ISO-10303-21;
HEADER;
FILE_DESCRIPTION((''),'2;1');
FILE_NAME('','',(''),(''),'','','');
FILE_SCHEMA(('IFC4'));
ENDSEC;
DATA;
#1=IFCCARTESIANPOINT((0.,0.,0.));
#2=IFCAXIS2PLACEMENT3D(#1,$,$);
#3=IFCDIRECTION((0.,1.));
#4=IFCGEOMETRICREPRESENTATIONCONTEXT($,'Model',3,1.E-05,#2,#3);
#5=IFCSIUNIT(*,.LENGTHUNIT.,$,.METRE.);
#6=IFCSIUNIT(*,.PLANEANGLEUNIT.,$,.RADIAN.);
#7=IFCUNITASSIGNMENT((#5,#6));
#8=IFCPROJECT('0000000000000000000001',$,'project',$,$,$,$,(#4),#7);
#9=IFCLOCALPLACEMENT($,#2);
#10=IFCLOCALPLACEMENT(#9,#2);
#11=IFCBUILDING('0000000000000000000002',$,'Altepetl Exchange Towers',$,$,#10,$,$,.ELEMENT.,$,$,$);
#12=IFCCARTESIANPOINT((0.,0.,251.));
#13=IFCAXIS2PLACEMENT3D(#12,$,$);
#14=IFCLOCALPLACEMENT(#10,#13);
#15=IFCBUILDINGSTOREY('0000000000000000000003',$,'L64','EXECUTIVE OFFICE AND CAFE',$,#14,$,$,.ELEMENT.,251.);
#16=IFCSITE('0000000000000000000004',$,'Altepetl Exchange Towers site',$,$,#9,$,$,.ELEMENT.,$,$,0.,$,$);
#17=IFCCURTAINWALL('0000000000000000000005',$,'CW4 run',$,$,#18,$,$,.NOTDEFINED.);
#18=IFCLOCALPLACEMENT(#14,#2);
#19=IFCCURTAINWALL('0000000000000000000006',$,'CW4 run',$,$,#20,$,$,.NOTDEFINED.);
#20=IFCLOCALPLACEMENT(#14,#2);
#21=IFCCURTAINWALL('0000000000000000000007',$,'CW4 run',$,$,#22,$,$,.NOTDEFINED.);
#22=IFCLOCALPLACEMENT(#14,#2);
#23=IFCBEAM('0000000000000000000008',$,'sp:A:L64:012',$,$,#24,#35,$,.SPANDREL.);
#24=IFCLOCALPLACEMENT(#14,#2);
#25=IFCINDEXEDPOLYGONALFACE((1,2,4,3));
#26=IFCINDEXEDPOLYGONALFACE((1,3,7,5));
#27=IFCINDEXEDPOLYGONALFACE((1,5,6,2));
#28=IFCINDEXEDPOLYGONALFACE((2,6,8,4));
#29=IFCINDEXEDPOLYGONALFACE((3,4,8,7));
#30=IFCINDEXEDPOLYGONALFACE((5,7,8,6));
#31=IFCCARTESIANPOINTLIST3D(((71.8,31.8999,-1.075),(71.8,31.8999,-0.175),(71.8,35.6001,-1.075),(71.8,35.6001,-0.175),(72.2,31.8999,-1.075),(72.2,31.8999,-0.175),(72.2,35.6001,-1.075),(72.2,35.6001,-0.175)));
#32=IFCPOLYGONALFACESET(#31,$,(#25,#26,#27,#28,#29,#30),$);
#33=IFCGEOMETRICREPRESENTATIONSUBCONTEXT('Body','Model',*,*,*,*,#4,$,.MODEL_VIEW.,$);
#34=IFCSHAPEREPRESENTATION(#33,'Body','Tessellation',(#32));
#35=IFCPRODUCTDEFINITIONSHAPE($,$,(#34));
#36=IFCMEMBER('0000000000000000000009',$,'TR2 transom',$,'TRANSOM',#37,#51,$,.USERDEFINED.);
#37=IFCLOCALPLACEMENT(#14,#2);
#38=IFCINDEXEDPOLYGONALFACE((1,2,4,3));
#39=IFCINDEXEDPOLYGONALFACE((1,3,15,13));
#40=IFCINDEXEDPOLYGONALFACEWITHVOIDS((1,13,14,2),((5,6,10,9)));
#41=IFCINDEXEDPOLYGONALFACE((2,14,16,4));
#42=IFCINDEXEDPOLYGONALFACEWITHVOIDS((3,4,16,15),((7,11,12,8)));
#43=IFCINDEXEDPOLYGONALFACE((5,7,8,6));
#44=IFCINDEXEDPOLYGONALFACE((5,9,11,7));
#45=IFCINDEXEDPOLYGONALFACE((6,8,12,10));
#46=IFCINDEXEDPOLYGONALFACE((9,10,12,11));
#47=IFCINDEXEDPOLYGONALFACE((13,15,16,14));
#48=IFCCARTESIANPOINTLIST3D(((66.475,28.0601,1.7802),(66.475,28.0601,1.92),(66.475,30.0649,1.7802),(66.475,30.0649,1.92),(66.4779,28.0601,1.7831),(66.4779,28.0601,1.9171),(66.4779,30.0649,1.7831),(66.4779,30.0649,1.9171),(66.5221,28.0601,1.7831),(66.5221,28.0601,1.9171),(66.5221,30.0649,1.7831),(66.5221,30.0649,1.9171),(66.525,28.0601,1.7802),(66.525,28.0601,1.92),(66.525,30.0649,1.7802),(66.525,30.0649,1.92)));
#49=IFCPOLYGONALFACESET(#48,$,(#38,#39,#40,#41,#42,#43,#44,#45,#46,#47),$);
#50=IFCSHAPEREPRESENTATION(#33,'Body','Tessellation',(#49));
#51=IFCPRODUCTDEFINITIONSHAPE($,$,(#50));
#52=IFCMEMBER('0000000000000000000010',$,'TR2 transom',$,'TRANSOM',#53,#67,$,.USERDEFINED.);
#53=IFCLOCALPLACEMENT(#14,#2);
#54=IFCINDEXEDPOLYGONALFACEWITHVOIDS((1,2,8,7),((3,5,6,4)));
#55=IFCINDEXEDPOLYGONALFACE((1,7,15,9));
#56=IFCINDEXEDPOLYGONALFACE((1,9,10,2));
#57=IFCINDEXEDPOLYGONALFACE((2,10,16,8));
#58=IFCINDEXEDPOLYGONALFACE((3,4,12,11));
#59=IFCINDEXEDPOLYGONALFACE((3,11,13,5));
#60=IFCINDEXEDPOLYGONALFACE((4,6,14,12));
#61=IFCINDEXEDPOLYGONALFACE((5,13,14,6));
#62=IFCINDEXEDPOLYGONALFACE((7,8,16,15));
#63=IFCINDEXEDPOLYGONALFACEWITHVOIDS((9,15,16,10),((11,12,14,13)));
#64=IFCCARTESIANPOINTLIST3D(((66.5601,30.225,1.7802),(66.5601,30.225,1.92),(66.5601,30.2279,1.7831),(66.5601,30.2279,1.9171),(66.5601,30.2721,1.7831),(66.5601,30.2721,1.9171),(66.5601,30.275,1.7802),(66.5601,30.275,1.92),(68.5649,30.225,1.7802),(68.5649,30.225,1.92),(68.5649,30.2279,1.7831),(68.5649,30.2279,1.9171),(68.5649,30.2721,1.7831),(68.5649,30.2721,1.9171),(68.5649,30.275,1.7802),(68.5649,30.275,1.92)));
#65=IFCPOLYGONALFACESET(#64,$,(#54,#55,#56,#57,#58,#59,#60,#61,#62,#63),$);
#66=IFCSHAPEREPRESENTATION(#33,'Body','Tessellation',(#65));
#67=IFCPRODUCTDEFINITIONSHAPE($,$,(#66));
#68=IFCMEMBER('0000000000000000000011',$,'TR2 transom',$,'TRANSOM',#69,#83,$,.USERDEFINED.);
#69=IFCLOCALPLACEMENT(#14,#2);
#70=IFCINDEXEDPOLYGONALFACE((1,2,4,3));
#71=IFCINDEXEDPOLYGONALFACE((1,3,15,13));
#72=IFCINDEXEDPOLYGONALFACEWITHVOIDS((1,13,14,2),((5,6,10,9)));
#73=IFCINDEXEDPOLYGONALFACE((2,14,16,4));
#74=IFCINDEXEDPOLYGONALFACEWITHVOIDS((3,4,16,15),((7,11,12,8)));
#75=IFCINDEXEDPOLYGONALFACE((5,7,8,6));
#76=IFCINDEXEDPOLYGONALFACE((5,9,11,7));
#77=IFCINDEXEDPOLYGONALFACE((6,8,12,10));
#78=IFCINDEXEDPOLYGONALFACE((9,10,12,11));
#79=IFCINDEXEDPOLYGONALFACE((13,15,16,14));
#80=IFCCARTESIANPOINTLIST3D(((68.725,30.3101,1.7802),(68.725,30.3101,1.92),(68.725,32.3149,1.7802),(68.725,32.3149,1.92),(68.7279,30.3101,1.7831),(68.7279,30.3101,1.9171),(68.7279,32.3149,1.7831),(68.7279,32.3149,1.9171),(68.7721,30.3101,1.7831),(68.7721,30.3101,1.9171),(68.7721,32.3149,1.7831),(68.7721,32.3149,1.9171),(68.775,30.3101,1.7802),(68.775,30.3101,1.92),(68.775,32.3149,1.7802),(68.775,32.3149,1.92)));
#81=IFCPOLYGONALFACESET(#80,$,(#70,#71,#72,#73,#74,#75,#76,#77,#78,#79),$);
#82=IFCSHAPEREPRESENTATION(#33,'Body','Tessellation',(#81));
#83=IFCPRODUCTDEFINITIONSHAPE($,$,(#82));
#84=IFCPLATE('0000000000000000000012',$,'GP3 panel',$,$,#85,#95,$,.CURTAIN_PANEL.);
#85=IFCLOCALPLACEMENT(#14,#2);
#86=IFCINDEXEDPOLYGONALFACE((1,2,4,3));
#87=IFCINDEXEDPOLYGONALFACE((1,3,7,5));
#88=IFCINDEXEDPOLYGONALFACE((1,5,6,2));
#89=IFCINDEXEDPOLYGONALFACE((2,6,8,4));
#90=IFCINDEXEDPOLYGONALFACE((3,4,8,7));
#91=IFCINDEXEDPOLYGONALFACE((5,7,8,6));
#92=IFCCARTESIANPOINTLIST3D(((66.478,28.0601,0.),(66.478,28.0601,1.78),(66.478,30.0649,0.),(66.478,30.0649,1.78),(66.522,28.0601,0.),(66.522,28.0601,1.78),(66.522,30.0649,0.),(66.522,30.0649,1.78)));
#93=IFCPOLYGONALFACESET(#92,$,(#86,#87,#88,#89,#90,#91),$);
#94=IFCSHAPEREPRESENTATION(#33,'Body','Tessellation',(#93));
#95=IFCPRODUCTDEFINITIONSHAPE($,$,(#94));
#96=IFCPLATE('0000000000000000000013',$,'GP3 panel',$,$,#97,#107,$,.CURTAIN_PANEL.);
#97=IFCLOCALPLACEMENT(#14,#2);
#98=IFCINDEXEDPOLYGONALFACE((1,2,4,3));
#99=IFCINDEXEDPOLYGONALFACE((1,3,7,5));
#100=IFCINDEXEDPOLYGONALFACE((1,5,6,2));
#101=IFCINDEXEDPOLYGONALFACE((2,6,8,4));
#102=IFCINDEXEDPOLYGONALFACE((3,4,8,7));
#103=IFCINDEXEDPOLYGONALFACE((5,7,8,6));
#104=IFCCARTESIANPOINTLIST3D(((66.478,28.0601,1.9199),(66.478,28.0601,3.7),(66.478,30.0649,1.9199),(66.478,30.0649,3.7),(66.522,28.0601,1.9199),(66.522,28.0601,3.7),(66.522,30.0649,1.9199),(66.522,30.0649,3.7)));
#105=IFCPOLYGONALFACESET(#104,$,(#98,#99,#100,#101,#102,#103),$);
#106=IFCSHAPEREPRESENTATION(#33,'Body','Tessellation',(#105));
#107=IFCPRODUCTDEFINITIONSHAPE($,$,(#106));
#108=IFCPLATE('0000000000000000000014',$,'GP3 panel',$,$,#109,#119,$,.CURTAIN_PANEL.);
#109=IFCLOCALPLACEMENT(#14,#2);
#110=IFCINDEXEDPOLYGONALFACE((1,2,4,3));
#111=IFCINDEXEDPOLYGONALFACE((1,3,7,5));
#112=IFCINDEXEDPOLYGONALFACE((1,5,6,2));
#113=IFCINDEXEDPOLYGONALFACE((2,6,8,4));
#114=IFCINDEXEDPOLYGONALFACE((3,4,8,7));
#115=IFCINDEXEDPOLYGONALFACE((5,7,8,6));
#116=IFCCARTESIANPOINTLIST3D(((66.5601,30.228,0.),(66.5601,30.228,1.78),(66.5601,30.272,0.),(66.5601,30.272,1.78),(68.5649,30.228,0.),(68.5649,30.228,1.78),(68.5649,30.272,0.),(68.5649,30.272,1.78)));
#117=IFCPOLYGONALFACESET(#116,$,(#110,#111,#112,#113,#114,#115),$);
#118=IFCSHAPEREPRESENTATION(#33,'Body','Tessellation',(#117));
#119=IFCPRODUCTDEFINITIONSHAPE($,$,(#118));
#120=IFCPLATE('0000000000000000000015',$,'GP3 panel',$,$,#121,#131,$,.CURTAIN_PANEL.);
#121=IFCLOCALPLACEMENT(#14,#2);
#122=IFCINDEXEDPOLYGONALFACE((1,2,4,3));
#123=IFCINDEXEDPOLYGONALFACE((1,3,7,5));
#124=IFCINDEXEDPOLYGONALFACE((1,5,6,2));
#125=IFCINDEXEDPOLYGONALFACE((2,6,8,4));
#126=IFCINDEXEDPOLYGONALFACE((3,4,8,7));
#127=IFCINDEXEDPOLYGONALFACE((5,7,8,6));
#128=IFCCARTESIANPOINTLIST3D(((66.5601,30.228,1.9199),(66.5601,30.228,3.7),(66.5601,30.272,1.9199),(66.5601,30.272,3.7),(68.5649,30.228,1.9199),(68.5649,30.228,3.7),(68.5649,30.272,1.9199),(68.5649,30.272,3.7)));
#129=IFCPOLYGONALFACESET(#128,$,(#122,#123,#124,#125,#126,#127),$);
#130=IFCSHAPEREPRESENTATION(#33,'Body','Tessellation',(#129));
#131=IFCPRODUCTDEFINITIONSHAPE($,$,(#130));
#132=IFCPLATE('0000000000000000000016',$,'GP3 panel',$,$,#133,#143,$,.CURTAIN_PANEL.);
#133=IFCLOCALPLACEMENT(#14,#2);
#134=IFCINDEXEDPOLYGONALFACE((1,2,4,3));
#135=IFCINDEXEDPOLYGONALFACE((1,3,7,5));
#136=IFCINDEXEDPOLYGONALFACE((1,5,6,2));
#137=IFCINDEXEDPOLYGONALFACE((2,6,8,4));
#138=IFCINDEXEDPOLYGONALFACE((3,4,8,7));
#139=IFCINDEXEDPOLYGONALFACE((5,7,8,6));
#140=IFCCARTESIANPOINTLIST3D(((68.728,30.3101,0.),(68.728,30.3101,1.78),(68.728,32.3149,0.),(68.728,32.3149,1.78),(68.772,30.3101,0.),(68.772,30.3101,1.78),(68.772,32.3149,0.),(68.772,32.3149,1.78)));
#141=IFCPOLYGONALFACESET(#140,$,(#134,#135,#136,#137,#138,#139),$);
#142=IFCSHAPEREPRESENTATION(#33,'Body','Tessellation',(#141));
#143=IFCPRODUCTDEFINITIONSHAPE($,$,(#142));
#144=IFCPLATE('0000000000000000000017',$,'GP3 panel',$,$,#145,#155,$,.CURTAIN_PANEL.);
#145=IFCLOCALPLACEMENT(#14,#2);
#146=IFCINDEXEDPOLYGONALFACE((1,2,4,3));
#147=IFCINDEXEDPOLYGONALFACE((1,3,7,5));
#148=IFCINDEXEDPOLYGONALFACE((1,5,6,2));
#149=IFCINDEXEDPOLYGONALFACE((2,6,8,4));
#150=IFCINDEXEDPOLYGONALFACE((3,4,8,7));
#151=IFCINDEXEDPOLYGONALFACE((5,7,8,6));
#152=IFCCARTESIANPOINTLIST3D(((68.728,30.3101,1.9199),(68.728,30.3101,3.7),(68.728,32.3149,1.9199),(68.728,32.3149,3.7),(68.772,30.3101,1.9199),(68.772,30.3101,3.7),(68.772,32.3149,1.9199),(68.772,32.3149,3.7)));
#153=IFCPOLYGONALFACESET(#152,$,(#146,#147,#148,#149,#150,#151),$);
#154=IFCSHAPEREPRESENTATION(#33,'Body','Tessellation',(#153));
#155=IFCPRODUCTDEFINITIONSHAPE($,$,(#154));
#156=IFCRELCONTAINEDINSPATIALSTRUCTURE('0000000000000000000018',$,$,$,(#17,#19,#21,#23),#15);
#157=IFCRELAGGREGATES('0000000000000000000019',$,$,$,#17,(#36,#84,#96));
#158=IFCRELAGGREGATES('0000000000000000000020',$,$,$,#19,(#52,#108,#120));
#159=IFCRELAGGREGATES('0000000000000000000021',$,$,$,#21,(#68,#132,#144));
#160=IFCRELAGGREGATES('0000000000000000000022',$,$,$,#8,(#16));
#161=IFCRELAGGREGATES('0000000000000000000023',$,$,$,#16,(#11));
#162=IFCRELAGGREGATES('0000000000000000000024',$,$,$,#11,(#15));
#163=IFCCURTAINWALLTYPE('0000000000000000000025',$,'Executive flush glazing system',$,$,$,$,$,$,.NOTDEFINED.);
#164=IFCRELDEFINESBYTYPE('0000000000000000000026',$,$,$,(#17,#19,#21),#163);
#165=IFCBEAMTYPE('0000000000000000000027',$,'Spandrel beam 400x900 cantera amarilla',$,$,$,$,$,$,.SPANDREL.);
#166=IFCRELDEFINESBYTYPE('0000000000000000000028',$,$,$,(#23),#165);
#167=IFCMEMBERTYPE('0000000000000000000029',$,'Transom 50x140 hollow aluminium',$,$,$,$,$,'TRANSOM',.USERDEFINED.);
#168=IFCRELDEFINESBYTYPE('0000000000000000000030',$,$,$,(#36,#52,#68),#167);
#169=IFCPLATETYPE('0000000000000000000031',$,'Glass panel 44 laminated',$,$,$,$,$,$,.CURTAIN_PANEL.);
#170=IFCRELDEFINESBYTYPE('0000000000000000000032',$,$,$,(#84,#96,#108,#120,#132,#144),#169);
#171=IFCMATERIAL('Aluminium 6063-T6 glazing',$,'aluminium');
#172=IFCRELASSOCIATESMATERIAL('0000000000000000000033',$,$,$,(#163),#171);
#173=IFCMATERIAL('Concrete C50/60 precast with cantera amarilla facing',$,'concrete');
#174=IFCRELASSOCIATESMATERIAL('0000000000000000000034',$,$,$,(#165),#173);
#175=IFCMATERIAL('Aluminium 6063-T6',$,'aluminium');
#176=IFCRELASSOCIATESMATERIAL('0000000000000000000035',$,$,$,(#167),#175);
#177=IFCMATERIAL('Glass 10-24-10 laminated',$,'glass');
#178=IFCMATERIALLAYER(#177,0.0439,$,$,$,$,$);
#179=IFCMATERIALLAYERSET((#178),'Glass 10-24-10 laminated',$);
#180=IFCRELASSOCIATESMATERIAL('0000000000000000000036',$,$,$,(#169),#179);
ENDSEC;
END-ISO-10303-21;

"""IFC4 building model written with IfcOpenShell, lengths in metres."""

from ifc_helpers import new_model, si_unit, direction, frame, origin, origin_2d, place, context, subcontext, project, spatial, rectangle, hollow_rectangle, extrude, material, layer, layer_set, material_profile, profile_set, type_object, element, aggregate, save


model = new_model("IFC4")

# Units and contexts
model_context = context("Model", 3, precision=1e-05, world=origin(), true_north=direction((0.0, 1.0)))
body_context = subcontext(model_context, "Body", "Model", "MODEL_VIEW")
ifc_project = project(units=[si_unit("LENGTHUNIT", "METRE"), si_unit("PLANEANGLEUNIT", "RADIAN")], contexts=[model_context])

# Site, building, storey
site_placement = place(None, origin())
site = spatial("IfcSite", under=ifc_project, at=site_placement, Name="Altepetl Exchange Towers site", CompositionType="ELEMENT", RefElevation=0.0)
building_placement = place(site_placement, origin())
building = spatial("IfcBuilding", under=site, at=building_placement, Name="Altepetl Exchange Towers", CompositionType="ELEMENT")
storey_placement = place(building_placement, frame((0.0, 0.0, 251.0)))
storey = spatial("IfcBuildingStorey", under=building, at=storey_placement, Name="L64", Description="EXECUTIVE OFFICE AND CAFE", CompositionType="ELEMENT", Elevation=251.0)

# Curtain walls
ifc_material_1 = material(Name="Aluminium 6063-T6 glazing", Category="aluminium")
curtain_wall_type = type_object("IfcCurtainWallType", Name="Executive flush glazing system", PredefinedType="NOTDEFINED", material=ifc_material_1)
curtain_wall_1_placement = place(storey_placement, origin())
curtain_wall_1 = element("IfcCurtainWall", 1, at=curtain_wall_1_placement, inside=storey, type_object=curtain_wall_type, Name="CW4 run", PredefinedType="NOTDEFINED")
ifc_material_2 = material(Name="Aluminium 6063-T6", Category="aluminium")
curtain_wall_2_placement = place(storey_placement, origin())
curtain_wall_2 = element("IfcCurtainWall", 2, at=curtain_wall_2_placement, inside=storey, type_object=curtain_wall_type, Name="CW4 run", PredefinedType="NOTDEFINED")
curtain_wall_3_placement = place(storey_placement, origin())
curtain_wall_3 = element("IfcCurtainWall", 3, at=curtain_wall_3_placement, inside=storey, type_object=curtain_wall_type, Name="CW4 run", PredefinedType="NOTDEFINED")

# Beam
ifc_material_3 = material(Name="Concrete C50/60 precast with cantera amarilla facing", Category="concrete")
ifc_material_profile_1 = material_profile(ifc_material_3, rectangle(XDim=0.3999, YDim=0.8999, at=origin_2d()), Name="400 x 900")
ifc_profile_set_1 = profile_set([ifc_material_profile_1], Name="Concrete C50/60 precast with cantera amarilla facing")
beam_type = type_object("IfcBeamType", Name="Spandrel beam 400x900 cantera amarilla", PredefinedType="SPANDREL", material=ifc_profile_set_1)
beam_1_placement = place(storey_placement, frame((72.0, 31.8999, -0.625), z_axis=(0.0, 1.0, 0.0), x_axis=(-1.0, 0.0, 0.0)))
element("IfcBeam", 4, at=beam_1_placement, inside=storey, type_object=beam_type, Name="sp:A:L64:012", PredefinedType="SPANDREL", context=body_context, shape_type="SweptSolid", body=[
    extrude(rectangle(XDim=0.3999, YDim=0.8999, at=origin_2d()), origin(), (0.0, 0.0, 1.0), 3.7002),
])

# Members
ifc_material_profile_2 = material_profile(ifc_material_2, hollow_rectangle(XDim=0.05, YDim=0.1399, WallThickness=0.0029, at=origin_2d()), Name="Transom 50x140 hollow aluminium")
ifc_profile_set_2 = profile_set([ifc_material_profile_2], Name="Aluminium 6063-T6")
member_type_1 = type_object("IfcMemberType", Name="Transom 50x140 hollow aluminium", ElementType="TRANSOM", PredefinedType="USERDEFINED", material=ifc_profile_set_2)
member_1_placement = place(storey_placement, frame((66.5, 28.0601, 1.8501), z_axis=(0.0, 1.0, 0.0), x_axis=(-1.0, 0.0, 0.0)))
member_1 = element("IfcMember", 5, at=member_1_placement, type_object=member_type_1, Name="TR2 transom", ObjectType="TRANSOM", PredefinedType="USERDEFINED", context=body_context, shape_type="SweptSolid", body=[
    extrude(hollow_rectangle(XDim=0.05, YDim=0.1399, WallThickness=0.0029, at=origin_2d()), origin(), (0.0, 0.0, 1.0), 2.0049),
])
member_2_placement = place(storey_placement, frame((66.5601, 30.25, 1.8501), z_axis=(1.0, 0.0, 0.0), x_axis=(0.0, 1.0, 0.0)))
member_2 = element("IfcMember", 6, at=member_2_placement, type_object=member_type_1, Name="TR2 transom", ObjectType="TRANSOM", PredefinedType="USERDEFINED", context=body_context, shape_type="SweptSolid", body=[
    extrude(hollow_rectangle(XDim=0.05, YDim=0.1399, WallThickness=0.0029, at=origin_2d()), origin(), (0.0, 0.0, 1.0), 2.0049),
])
member_3_placement = place(storey_placement, frame((68.75, 30.3101, 1.8501), z_axis=(0.0, 1.0, 0.0), x_axis=(-1.0, 0.0, 0.0)))
member_3 = element("IfcMember", 7, at=member_3_placement, type_object=member_type_1, Name="TR2 transom", ObjectType="TRANSOM", PredefinedType="USERDEFINED", context=body_context, shape_type="SweptSolid", body=[
    extrude(hollow_rectangle(XDim=0.05, YDim=0.1399, WallThickness=0.0029, at=origin_2d()), origin(), (0.0, 0.0, 1.0), 2.0049),
])

# Plates
ifc_material_4 = material(Name="Glass 10-24-10 laminated", Category="glass")
ifc_layer = layer(ifc_material_4, 0.0439)
ifc_layer_set = layer_set([ifc_layer], Name="Glass 10-24-10 laminated")
plate_type = type_object("IfcPlateType", Name="Glass panel 44 laminated", PredefinedType="CURTAIN_PANEL", material=ifc_layer_set)
plate_1_placement = place(storey_placement, frame((66.5, 29.0625, 0.0), z_axis=(0.0, 0.0, 1.0), x_axis=(0.0, 1.0, 0.0)))
plate_1 = element("IfcPlate", 8, at=plate_1_placement, type_object=plate_type, Name="GP3 panel", PredefinedType="CURTAIN_PANEL", context=body_context, shape_type="SweptSolid", body=[
    extrude(rectangle(XDim=2.0049, YDim=0.0439, at=origin_2d()), origin(), (0.0, 0.0, 1.0), 1.78),
])
plate_2_placement = place(storey_placement, frame((66.5, 29.0625, 1.9199), z_axis=(0.0, 0.0, 1.0), x_axis=(0.0, 1.0, 0.0)))
plate_2 = element("IfcPlate", 9, at=plate_2_placement, type_object=plate_type, Name="GP3 panel", PredefinedType="CURTAIN_PANEL", context=body_context, shape_type="SweptSolid", body=[
    extrude(rectangle(XDim=2.0049, YDim=0.0439, at=origin_2d()), origin(), (0.0, 0.0, 1.0), 1.78),
])
aggregate(curtain_wall_1, [member_1, plate_1, plate_2])
plate_3_placement = place(storey_placement, frame((67.5625, 30.25, 0.0)))
plate_3 = element("IfcPlate", 10, at=plate_3_placement, type_object=plate_type, Name="GP3 panel", PredefinedType="CURTAIN_PANEL", context=body_context, shape_type="SweptSolid", body=[
    extrude(rectangle(XDim=2.0049, YDim=0.0439, at=origin_2d()), origin(), (0.0, 0.0, 1.0), 1.78),
])
plate_4_placement = place(storey_placement, frame((67.5625, 30.25, 1.9199)))
plate_4 = element("IfcPlate", 11, at=plate_4_placement, type_object=plate_type, Name="GP3 panel", PredefinedType="CURTAIN_PANEL", context=body_context, shape_type="SweptSolid", body=[
    extrude(rectangle(XDim=2.0049, YDim=0.0439, at=origin_2d()), origin(), (0.0, 0.0, 1.0), 1.78),
])
aggregate(curtain_wall_2, [member_2, plate_3, plate_4])
plate_5_placement = place(storey_placement, frame((68.75, 31.3125, 0.0), z_axis=(0.0, 0.0, 1.0), x_axis=(0.0, 1.0, 0.0)))
plate_5 = element("IfcPlate", 12, at=plate_5_placement, type_object=plate_type, Name="GP3 panel", PredefinedType="CURTAIN_PANEL", context=body_context, shape_type="SweptSolid", body=[
    extrude(rectangle(XDim=2.0049, YDim=0.0439, at=origin_2d()), origin(), (0.0, 0.0, 1.0), 1.78),
])
plate_6_placement = place(storey_placement, frame((68.75, 31.3125, 1.9199), z_axis=(0.0, 0.0, 1.0), x_axis=(0.0, 1.0, 0.0)))
plate_6 = element("IfcPlate", 13, at=plate_6_placement, type_object=plate_type, Name="GP3 panel", PredefinedType="CURTAIN_PANEL", context=body_context, shape_type="SweptSolid", body=[
    extrude(rectangle(XDim=2.0049, YDim=0.0439, at=origin_2d()), origin(), (0.0, 0.0, 1.0), 1.78),
])
aggregate(curtain_wall_3, [member_3, plate_5, plate_6])

save(model, "model.ifc")
